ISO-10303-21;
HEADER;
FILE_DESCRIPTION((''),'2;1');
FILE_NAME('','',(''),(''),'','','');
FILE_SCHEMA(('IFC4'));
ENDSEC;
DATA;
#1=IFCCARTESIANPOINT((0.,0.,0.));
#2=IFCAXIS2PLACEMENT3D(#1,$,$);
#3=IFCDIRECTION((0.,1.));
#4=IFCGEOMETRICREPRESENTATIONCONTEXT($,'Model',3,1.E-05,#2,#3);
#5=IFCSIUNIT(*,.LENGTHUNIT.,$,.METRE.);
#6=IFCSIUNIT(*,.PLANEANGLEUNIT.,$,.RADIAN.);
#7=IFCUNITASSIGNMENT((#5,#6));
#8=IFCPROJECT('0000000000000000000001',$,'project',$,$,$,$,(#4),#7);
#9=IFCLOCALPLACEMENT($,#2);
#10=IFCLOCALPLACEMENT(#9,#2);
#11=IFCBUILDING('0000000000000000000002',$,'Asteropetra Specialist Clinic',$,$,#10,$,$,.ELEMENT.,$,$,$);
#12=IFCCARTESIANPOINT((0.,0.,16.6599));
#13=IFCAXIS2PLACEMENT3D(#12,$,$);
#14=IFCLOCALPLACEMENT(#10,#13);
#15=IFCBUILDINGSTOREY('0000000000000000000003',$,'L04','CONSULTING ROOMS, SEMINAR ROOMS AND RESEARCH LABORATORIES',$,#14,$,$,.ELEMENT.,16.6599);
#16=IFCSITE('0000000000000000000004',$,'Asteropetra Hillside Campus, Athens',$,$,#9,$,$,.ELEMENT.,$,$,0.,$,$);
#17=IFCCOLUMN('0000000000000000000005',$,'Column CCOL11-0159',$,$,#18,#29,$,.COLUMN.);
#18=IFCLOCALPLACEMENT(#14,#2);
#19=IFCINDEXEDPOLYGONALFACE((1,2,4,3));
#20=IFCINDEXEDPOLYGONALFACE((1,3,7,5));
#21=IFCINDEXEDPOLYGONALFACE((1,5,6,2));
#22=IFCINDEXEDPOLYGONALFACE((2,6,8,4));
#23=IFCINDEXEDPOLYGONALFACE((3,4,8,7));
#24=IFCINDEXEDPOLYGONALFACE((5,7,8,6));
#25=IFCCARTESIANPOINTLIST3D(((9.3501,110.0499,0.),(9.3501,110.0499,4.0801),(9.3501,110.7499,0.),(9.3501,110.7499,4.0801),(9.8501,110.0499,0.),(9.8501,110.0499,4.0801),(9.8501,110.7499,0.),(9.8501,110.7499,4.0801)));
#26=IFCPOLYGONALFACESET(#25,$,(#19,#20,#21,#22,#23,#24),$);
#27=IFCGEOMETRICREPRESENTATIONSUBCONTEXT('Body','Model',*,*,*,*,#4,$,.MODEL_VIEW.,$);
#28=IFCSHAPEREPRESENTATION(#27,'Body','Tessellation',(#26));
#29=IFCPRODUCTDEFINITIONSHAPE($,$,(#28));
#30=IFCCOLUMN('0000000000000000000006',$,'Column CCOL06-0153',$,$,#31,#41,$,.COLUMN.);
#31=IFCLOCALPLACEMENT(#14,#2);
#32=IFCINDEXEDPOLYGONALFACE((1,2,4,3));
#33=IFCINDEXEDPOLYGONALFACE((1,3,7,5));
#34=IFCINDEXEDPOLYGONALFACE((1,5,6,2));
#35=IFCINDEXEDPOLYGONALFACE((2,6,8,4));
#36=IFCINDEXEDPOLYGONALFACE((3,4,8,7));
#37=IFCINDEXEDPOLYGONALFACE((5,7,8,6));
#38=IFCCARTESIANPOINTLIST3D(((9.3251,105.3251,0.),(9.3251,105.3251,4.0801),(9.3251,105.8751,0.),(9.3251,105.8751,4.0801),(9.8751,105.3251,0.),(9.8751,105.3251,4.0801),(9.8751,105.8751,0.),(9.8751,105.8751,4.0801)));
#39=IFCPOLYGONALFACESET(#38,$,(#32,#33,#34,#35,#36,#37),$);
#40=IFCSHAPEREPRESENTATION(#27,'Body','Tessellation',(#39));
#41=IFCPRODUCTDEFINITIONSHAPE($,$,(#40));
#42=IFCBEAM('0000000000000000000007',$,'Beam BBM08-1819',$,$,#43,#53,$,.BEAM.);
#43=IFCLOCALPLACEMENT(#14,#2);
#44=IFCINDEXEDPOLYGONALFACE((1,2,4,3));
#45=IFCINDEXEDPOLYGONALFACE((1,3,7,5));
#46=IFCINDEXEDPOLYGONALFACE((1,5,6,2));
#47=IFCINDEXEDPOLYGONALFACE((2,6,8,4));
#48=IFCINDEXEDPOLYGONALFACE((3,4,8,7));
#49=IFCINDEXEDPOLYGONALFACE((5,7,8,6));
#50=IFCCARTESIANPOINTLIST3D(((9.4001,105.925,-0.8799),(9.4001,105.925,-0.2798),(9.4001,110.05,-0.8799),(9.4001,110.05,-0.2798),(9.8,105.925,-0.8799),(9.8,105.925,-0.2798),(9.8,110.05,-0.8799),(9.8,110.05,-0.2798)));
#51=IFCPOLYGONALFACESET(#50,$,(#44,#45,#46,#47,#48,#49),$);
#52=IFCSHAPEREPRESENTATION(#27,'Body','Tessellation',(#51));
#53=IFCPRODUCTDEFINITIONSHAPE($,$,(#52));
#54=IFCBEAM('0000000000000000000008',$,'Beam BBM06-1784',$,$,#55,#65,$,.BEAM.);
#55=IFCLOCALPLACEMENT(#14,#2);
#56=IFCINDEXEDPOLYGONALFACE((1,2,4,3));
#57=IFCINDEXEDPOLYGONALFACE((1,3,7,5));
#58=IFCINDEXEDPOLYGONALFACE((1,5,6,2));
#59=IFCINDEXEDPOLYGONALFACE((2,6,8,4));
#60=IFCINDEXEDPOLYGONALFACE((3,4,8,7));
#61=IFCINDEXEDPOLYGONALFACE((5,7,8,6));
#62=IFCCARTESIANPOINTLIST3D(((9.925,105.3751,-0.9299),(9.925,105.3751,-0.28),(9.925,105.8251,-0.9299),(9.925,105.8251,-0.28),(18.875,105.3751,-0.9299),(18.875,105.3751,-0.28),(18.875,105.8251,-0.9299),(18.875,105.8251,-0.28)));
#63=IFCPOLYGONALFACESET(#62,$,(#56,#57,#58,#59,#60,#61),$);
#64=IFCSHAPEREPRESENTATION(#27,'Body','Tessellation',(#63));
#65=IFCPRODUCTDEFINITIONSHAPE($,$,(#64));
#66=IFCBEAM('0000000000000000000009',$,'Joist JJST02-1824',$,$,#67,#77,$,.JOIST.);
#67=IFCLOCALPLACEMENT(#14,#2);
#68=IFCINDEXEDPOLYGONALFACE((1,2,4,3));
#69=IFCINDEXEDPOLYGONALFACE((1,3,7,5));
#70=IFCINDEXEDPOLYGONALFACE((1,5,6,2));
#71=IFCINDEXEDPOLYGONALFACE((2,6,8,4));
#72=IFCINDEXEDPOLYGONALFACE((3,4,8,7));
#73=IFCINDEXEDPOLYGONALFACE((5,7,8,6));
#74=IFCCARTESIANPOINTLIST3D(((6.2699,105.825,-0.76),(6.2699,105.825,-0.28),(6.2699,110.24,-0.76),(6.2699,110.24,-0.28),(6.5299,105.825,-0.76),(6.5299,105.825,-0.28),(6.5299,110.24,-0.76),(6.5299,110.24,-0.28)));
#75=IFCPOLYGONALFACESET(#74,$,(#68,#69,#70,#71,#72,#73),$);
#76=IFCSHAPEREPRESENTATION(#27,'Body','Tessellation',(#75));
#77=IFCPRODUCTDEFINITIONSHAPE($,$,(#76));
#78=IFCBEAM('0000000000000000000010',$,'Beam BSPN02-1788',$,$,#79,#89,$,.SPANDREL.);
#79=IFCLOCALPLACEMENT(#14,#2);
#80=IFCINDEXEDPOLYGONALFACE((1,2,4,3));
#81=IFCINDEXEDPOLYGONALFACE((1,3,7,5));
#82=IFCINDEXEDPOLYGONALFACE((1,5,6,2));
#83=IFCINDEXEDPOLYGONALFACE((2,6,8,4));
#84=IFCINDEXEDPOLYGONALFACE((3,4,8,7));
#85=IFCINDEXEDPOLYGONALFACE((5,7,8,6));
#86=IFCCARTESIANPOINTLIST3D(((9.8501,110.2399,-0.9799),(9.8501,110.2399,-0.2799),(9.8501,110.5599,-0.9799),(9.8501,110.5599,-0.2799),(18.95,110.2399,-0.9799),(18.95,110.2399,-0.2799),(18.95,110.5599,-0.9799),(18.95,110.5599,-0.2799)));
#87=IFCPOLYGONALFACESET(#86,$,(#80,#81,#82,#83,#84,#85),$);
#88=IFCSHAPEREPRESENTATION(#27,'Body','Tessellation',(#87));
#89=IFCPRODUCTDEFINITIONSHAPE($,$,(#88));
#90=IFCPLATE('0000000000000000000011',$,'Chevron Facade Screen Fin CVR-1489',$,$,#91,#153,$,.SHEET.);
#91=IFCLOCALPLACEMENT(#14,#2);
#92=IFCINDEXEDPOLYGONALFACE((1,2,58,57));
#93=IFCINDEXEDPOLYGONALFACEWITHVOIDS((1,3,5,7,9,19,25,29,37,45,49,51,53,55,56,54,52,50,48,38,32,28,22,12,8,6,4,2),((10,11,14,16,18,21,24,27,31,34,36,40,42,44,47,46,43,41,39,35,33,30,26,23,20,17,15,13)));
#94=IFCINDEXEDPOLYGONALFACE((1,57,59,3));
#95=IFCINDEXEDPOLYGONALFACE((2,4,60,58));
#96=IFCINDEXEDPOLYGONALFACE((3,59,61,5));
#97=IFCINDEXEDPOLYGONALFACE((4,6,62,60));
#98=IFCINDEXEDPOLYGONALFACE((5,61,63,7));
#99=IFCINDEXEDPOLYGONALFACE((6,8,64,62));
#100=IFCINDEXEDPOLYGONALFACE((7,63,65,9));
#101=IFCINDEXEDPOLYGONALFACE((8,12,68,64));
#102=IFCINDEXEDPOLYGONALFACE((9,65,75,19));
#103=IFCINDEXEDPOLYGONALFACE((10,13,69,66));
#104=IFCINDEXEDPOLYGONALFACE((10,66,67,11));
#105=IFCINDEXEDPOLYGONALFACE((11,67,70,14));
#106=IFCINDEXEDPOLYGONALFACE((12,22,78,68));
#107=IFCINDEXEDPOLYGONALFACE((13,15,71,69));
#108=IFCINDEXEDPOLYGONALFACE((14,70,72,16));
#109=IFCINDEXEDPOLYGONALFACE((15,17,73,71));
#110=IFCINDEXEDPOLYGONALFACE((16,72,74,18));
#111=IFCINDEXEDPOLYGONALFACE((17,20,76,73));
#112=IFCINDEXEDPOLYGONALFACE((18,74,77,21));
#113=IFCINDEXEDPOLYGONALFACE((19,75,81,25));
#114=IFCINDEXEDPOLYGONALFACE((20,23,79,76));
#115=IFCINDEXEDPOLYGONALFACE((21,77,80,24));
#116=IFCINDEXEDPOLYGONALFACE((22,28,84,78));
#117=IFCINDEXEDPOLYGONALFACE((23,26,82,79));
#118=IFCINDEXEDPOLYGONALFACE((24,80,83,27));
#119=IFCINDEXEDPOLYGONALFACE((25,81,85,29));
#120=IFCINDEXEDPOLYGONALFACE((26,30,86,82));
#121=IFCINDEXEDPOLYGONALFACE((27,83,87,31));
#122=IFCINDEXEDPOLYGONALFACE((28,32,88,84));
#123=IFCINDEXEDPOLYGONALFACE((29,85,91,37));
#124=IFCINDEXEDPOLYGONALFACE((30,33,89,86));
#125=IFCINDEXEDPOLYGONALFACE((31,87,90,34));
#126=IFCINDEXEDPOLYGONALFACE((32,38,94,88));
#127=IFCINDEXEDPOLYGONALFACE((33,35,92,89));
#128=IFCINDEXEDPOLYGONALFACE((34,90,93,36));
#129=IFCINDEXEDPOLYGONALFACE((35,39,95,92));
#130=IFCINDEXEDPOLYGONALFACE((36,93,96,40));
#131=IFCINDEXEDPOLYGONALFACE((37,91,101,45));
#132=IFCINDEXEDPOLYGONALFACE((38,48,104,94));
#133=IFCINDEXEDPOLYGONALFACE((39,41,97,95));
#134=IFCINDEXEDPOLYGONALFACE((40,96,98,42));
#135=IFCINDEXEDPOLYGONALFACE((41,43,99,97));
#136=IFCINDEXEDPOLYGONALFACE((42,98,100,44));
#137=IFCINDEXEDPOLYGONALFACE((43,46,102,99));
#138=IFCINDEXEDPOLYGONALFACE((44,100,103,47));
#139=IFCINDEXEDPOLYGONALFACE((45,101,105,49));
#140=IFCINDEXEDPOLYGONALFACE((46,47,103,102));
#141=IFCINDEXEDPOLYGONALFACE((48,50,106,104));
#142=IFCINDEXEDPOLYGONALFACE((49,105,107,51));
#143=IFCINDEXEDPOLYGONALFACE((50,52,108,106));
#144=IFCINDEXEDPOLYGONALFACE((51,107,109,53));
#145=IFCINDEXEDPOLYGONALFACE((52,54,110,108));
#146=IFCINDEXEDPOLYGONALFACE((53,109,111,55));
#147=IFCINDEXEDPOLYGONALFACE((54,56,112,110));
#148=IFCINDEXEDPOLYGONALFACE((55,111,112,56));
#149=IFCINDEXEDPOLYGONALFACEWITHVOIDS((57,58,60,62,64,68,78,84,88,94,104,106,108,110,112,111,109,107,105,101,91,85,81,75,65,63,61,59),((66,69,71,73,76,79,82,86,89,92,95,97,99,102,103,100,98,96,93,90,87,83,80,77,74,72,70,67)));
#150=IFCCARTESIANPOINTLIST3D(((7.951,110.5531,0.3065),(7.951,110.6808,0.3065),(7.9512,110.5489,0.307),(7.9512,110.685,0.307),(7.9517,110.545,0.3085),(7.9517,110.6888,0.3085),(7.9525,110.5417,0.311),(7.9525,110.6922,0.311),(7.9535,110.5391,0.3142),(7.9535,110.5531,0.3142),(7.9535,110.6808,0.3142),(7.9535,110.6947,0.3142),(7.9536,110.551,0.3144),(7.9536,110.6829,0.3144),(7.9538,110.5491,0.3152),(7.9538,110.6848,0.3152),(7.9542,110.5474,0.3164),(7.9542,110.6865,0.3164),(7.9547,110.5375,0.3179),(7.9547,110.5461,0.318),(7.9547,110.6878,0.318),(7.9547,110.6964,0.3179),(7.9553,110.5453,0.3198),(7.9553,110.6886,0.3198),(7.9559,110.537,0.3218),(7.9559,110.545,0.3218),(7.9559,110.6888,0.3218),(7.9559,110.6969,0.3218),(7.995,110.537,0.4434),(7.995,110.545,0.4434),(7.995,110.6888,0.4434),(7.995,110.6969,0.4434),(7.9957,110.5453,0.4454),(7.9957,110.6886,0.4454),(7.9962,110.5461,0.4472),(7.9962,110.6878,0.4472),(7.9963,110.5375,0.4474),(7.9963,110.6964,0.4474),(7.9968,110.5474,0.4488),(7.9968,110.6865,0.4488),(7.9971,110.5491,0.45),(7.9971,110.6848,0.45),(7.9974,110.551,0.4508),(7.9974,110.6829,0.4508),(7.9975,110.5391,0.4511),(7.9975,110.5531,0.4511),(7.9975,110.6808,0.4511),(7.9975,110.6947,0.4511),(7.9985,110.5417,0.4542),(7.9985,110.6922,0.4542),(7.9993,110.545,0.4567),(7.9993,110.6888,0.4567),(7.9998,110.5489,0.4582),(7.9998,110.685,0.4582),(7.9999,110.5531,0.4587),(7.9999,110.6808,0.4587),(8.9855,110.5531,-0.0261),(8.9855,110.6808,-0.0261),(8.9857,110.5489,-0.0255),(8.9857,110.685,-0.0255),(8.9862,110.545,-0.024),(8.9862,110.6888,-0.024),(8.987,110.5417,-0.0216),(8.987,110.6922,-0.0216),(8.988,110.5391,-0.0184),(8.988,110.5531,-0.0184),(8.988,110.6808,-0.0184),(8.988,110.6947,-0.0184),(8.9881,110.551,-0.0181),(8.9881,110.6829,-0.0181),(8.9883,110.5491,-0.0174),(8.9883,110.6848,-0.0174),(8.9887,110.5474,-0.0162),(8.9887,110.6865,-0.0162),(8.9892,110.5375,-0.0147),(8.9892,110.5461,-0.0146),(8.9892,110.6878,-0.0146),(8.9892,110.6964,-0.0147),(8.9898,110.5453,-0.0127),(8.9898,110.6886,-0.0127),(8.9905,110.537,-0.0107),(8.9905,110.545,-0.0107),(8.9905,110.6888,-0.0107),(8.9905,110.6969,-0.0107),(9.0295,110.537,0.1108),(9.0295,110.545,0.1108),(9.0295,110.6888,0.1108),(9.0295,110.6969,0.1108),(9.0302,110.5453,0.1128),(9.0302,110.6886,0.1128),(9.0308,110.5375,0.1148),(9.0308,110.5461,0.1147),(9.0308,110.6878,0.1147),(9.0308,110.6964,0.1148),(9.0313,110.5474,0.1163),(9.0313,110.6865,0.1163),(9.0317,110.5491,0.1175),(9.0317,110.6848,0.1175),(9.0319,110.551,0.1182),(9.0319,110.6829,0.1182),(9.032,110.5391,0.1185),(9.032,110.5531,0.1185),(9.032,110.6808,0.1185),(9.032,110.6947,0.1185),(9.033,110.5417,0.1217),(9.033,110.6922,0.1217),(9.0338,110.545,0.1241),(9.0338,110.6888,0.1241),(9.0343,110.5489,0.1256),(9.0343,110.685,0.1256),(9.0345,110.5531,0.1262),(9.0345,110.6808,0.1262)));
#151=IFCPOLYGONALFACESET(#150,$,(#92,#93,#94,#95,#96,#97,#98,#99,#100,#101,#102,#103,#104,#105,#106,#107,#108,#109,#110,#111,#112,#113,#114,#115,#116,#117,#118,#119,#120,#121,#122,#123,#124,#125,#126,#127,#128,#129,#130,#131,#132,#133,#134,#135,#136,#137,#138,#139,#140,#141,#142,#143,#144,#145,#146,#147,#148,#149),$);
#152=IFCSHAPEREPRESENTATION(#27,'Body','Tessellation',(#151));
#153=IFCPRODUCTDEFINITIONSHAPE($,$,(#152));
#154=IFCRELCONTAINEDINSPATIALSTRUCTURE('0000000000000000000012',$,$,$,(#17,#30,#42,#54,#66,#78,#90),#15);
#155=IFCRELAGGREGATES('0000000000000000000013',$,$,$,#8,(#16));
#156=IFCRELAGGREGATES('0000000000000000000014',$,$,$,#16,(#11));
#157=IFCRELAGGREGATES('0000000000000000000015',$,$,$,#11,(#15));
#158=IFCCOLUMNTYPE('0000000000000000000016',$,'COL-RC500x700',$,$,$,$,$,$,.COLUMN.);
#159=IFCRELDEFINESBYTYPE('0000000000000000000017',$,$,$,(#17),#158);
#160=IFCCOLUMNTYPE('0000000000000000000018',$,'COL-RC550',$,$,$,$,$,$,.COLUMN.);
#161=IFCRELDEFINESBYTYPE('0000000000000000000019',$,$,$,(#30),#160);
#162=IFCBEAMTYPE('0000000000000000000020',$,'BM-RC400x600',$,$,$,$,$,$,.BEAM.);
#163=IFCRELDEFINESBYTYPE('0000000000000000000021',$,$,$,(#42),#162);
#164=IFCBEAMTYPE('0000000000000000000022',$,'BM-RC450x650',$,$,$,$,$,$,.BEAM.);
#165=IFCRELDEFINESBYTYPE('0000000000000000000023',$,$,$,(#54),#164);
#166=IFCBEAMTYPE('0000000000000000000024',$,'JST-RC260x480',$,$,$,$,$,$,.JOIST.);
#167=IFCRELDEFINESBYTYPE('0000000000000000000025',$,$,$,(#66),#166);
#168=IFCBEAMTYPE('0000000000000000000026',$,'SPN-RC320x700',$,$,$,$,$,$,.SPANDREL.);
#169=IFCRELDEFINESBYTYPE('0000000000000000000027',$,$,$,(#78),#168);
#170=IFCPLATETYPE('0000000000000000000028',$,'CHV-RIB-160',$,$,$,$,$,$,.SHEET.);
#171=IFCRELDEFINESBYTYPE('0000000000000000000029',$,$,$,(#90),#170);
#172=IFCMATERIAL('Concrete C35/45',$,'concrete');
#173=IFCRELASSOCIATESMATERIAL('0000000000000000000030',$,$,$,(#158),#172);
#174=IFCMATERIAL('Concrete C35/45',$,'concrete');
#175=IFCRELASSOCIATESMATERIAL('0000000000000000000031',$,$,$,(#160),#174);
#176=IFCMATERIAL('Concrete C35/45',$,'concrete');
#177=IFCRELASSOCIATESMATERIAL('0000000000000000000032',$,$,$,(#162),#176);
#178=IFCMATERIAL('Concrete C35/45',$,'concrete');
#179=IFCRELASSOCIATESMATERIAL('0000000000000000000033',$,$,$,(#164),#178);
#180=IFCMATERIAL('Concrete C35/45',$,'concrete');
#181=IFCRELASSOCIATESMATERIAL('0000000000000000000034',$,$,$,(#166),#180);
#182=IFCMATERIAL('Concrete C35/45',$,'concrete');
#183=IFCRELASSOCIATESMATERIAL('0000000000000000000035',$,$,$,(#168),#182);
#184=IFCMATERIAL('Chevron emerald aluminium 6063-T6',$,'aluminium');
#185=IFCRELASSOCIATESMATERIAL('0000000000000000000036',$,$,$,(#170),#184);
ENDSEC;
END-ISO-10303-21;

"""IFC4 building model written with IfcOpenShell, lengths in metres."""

from ifc_helpers import new_model, si_unit, direction, frame, origin, origin_2d, place, context, subcontext, project, spatial, rectangle, hollow_rectangle, extrude, material, material_profile, profile_set, type_object, element, save


model = new_model("IFC4")

# Units and contexts
model_context = context("Model", 3, precision=1e-05, world=origin(), true_north=direction((0.0, 1.0)))
body_context = subcontext(model_context, "Body", "Model", "MODEL_VIEW")
ifc_project = project(units=[si_unit("LENGTHUNIT", "METRE"), si_unit("PLANEANGLEUNIT", "RADIAN")], contexts=[model_context])

# Site, building, storey
site_placement = place(None, origin())
site = spatial("IfcSite", under=ifc_project, at=site_placement, Name="Asteropetra Hillside Campus, Athens", CompositionType="ELEMENT", RefElevation=0.0)
building_placement = place(site_placement, origin())
building = spatial("IfcBuilding", under=site, at=building_placement, Name="Asteropetra Specialist Clinic", CompositionType="ELEMENT")
storey_placement = place(building_placement, frame((0.0, 0.0, 16.6599)))
storey = spatial("IfcBuildingStorey", under=building, at=storey_placement, Name="L04", Description="CONSULTING ROOMS, SEMINAR ROOMS AND RESEARCH LABORATORIES", CompositionType="ELEMENT", Elevation=16.6599)

# Columns
ifc_material_1 = material(Name="Concrete C35/45", Category="concrete")
ifc_material_profile_1 = material_profile(ifc_material_1, rectangle(XDim=0.5, YDim=0.7, at=origin_2d()), Name="RC 500x700")
ifc_profile_set_1 = profile_set([ifc_material_profile_1], Name="Concrete C35/45")
column_type_1 = type_object("IfcColumnType", Name="COL-RC500x700", PredefinedType="COLUMN", material=ifc_profile_set_1)
column_1_placement = place(storey_placement, frame((9.6001, 110.3999, 0.0), z_axis=(0.0, 0.0, 1.0), x_axis=(1.0, 0.0, 0.0)))
element("IfcColumn", 1, at=column_1_placement, inside=storey, type_object=column_type_1, Name="Column CCOL11-0159", PredefinedType="COLUMN", context=body_context, shape_type="SweptSolid", body=[
    extrude(rectangle(XDim=0.5, YDim=0.7, at=origin_2d()), origin(), (0.0, 0.0, 1.0), 4.0801),
])
ifc_material_2 = material(Name="Concrete C35/45", Category="concrete")
ifc_material_profile_2 = material_profile(ifc_material_2, rectangle(XDim=0.55, YDim=0.55, at=origin_2d()), Name="RC 550x550")
ifc_profile_set_2 = profile_set([ifc_material_profile_2], Name="Concrete C35/45")
column_type_2 = type_object("IfcColumnType", Name="COL-RC550", PredefinedType="COLUMN", material=ifc_profile_set_2)
column_2_placement = place(storey_placement, frame((9.6001, 105.6001, 0.0), z_axis=(0.0, 0.0, 1.0), x_axis=(1.0, 0.0, 0.0)))
element("IfcColumn", 2, at=column_2_placement, inside=storey, type_object=column_type_2, Name="Column CCOL06-0153", PredefinedType="COLUMN", context=body_context, shape_type="SweptSolid", body=[
    extrude(rectangle(XDim=0.55, YDim=0.55, at=origin_2d()), origin(), (0.0, 0.0, 1.0), 4.0801),
])

# Beams
ifc_material_3 = material(Name="Concrete C35/45", Category="concrete")
ifc_material_profile_3 = material_profile(ifc_material_3, rectangle(XDim=0.3999, YDim=0.6001, at=origin_2d()), Name="RCB 400x600")
ifc_profile_set_3 = profile_set([ifc_material_profile_3], Name="Concrete C35/45")
beam_type_1 = type_object("IfcBeamType", Name="BM-RC400x600", PredefinedType="BEAM", material=ifc_profile_set_3)
beam_1_placement = place(storey_placement, frame((9.6001, 105.925, -0.5798), z_axis=(0.0, 1.0, 0.0), x_axis=(-1.0, 0.0, 0.0)))
element("IfcBeam", 3, at=beam_1_placement, inside=storey, type_object=beam_type_1, Name="Beam BBM08-1819", PredefinedType="BEAM", context=body_context, shape_type="SweptSolid", body=[
    extrude(rectangle(XDim=0.3999, YDim=0.6001, at=origin_2d()), origin(), (0.0, 0.0, 1.0), 4.125),
])
ifc_material_4 = material(Name="Concrete C35/45", Category="concrete")
ifc_material_profile_4 = material_profile(ifc_material_4, rectangle(XDim=0.45, YDim=0.6499, at=origin_2d()), Name="RCB 450x650")
ifc_profile_set_4 = profile_set([ifc_material_profile_4], Name="Concrete C35/45")
beam_type_2 = type_object("IfcBeamType", Name="BM-RC450x650", PredefinedType="BEAM", material=ifc_profile_set_4)
beam_2_placement = place(storey_placement, frame((9.925, 105.6001, -0.605), z_axis=(1.0, 0.0, 0.0), x_axis=(0.0, 1.0, 0.0)))
element("IfcBeam", 4, at=beam_2_placement, inside=storey, type_object=beam_type_2, Name="Beam BBM06-1784", PredefinedType="BEAM", context=body_context, shape_type="SweptSolid", body=[
    extrude(rectangle(XDim=0.45, YDim=0.6499, at=origin_2d()), origin(), (0.0, 0.0, 1.0), 8.95),
])
ifc_material_5 = material(Name="Concrete C35/45", Category="concrete")
ifc_material_profile_5 = material_profile(ifc_material_5, rectangle(XDim=0.26, YDim=0.48, at=origin_2d()), Name="RCJ 260x480")
ifc_profile_set_5 = profile_set([ifc_material_profile_5], Name="Concrete C35/45")
beam_type_3 = type_object("IfcBeamType", Name="JST-RC260x480", PredefinedType="JOIST", material=ifc_profile_set_5)
beam_3_placement = place(storey_placement, frame((6.3999, 105.825, -0.52), z_axis=(0.0, 1.0, 0.0), x_axis=(-1.0, 0.0, 0.0)))
element("IfcBeam", 5, at=beam_3_placement, inside=storey, type_object=beam_type_3, Name="Joist JJST02-1824", PredefinedType="JOIST", context=body_context, shape_type="SweptSolid", body=[
    extrude(rectangle(XDim=0.26, YDim=0.48, at=origin_2d()), origin(), (0.0, 0.0, 1.0), 4.415),
])
ifc_material_6 = material(Name="Concrete C35/45", Category="concrete")
ifc_material_profile_6 = material_profile(ifc_material_6, rectangle(XDim=0.3201, YDim=0.7, at=origin_2d()), Name="RCS 320x700")
ifc_profile_set_6 = profile_set([ifc_material_profile_6], Name="Concrete C35/45")
beam_type_4 = type_object("IfcBeamType", Name="SPN-RC320x700", PredefinedType="SPANDREL", material=ifc_profile_set_6)
beam_4_placement = place(storey_placement, frame((9.8501, 110.3999, -0.6299), z_axis=(1.0, 0.0, 0.0), x_axis=(0.0, 1.0, 0.0)))
element("IfcBeam", 6, at=beam_4_placement, inside=storey, type_object=beam_type_4, Name="Beam BSPN02-1788", PredefinedType="SPANDREL", context=body_context, shape_type="SweptSolid", body=[
    extrude(rectangle(XDim=0.3201, YDim=0.7, at=origin_2d()), origin(), (0.0, 0.0, 1.0), 9.0999),
])

# Plate
ifc_material_7 = material(Name="Chevron emerald aluminium 6063-T6", Category="aluminium")
ifc_material_profile_7 = material_profile(ifc_material_7, hollow_rectangle(XDim=0.1599, YDim=0.1599, WallThickness=0.0081, InnerFilletRadius=0.0081, OuterFilletRadius=0.0161, at=origin_2d()), Name="SHS 160x160x8.0")
ifc_profile_set_7 = profile_set([ifc_material_profile_7], Name="Chevron emerald aluminium 6063-T6")
plate_type_1 = type_object("IfcPlateType", Name="CHV-RIB-160", PredefinedType="SHEET", material=ifc_profile_set_7)
plate_1_placement = place(storey_placement, frame((9.01, 110.6169, 0.05), z_axis=(-0.952022, 0.0, 0.306031), x_axis=(0.0, -1.0, 0.0)))
element("IfcPlate", 7, at=plate_1_placement, inside=storey, type_object=plate_type_1, Name="Chevron Facade Screen Fin CVR-1489", PredefinedType="SHEET", context=body_context, shape_type="SweptSolid", body=[
    extrude(hollow_rectangle(XDim=0.1599, YDim=0.1599, WallThickness=0.0081, InnerFilletRadius=0.0081, OuterFilletRadius=0.0161, at=origin_2d()), origin(), (0.0, 0.0, 1.0), 1.0867),
])

save(model, "model.ifc")
